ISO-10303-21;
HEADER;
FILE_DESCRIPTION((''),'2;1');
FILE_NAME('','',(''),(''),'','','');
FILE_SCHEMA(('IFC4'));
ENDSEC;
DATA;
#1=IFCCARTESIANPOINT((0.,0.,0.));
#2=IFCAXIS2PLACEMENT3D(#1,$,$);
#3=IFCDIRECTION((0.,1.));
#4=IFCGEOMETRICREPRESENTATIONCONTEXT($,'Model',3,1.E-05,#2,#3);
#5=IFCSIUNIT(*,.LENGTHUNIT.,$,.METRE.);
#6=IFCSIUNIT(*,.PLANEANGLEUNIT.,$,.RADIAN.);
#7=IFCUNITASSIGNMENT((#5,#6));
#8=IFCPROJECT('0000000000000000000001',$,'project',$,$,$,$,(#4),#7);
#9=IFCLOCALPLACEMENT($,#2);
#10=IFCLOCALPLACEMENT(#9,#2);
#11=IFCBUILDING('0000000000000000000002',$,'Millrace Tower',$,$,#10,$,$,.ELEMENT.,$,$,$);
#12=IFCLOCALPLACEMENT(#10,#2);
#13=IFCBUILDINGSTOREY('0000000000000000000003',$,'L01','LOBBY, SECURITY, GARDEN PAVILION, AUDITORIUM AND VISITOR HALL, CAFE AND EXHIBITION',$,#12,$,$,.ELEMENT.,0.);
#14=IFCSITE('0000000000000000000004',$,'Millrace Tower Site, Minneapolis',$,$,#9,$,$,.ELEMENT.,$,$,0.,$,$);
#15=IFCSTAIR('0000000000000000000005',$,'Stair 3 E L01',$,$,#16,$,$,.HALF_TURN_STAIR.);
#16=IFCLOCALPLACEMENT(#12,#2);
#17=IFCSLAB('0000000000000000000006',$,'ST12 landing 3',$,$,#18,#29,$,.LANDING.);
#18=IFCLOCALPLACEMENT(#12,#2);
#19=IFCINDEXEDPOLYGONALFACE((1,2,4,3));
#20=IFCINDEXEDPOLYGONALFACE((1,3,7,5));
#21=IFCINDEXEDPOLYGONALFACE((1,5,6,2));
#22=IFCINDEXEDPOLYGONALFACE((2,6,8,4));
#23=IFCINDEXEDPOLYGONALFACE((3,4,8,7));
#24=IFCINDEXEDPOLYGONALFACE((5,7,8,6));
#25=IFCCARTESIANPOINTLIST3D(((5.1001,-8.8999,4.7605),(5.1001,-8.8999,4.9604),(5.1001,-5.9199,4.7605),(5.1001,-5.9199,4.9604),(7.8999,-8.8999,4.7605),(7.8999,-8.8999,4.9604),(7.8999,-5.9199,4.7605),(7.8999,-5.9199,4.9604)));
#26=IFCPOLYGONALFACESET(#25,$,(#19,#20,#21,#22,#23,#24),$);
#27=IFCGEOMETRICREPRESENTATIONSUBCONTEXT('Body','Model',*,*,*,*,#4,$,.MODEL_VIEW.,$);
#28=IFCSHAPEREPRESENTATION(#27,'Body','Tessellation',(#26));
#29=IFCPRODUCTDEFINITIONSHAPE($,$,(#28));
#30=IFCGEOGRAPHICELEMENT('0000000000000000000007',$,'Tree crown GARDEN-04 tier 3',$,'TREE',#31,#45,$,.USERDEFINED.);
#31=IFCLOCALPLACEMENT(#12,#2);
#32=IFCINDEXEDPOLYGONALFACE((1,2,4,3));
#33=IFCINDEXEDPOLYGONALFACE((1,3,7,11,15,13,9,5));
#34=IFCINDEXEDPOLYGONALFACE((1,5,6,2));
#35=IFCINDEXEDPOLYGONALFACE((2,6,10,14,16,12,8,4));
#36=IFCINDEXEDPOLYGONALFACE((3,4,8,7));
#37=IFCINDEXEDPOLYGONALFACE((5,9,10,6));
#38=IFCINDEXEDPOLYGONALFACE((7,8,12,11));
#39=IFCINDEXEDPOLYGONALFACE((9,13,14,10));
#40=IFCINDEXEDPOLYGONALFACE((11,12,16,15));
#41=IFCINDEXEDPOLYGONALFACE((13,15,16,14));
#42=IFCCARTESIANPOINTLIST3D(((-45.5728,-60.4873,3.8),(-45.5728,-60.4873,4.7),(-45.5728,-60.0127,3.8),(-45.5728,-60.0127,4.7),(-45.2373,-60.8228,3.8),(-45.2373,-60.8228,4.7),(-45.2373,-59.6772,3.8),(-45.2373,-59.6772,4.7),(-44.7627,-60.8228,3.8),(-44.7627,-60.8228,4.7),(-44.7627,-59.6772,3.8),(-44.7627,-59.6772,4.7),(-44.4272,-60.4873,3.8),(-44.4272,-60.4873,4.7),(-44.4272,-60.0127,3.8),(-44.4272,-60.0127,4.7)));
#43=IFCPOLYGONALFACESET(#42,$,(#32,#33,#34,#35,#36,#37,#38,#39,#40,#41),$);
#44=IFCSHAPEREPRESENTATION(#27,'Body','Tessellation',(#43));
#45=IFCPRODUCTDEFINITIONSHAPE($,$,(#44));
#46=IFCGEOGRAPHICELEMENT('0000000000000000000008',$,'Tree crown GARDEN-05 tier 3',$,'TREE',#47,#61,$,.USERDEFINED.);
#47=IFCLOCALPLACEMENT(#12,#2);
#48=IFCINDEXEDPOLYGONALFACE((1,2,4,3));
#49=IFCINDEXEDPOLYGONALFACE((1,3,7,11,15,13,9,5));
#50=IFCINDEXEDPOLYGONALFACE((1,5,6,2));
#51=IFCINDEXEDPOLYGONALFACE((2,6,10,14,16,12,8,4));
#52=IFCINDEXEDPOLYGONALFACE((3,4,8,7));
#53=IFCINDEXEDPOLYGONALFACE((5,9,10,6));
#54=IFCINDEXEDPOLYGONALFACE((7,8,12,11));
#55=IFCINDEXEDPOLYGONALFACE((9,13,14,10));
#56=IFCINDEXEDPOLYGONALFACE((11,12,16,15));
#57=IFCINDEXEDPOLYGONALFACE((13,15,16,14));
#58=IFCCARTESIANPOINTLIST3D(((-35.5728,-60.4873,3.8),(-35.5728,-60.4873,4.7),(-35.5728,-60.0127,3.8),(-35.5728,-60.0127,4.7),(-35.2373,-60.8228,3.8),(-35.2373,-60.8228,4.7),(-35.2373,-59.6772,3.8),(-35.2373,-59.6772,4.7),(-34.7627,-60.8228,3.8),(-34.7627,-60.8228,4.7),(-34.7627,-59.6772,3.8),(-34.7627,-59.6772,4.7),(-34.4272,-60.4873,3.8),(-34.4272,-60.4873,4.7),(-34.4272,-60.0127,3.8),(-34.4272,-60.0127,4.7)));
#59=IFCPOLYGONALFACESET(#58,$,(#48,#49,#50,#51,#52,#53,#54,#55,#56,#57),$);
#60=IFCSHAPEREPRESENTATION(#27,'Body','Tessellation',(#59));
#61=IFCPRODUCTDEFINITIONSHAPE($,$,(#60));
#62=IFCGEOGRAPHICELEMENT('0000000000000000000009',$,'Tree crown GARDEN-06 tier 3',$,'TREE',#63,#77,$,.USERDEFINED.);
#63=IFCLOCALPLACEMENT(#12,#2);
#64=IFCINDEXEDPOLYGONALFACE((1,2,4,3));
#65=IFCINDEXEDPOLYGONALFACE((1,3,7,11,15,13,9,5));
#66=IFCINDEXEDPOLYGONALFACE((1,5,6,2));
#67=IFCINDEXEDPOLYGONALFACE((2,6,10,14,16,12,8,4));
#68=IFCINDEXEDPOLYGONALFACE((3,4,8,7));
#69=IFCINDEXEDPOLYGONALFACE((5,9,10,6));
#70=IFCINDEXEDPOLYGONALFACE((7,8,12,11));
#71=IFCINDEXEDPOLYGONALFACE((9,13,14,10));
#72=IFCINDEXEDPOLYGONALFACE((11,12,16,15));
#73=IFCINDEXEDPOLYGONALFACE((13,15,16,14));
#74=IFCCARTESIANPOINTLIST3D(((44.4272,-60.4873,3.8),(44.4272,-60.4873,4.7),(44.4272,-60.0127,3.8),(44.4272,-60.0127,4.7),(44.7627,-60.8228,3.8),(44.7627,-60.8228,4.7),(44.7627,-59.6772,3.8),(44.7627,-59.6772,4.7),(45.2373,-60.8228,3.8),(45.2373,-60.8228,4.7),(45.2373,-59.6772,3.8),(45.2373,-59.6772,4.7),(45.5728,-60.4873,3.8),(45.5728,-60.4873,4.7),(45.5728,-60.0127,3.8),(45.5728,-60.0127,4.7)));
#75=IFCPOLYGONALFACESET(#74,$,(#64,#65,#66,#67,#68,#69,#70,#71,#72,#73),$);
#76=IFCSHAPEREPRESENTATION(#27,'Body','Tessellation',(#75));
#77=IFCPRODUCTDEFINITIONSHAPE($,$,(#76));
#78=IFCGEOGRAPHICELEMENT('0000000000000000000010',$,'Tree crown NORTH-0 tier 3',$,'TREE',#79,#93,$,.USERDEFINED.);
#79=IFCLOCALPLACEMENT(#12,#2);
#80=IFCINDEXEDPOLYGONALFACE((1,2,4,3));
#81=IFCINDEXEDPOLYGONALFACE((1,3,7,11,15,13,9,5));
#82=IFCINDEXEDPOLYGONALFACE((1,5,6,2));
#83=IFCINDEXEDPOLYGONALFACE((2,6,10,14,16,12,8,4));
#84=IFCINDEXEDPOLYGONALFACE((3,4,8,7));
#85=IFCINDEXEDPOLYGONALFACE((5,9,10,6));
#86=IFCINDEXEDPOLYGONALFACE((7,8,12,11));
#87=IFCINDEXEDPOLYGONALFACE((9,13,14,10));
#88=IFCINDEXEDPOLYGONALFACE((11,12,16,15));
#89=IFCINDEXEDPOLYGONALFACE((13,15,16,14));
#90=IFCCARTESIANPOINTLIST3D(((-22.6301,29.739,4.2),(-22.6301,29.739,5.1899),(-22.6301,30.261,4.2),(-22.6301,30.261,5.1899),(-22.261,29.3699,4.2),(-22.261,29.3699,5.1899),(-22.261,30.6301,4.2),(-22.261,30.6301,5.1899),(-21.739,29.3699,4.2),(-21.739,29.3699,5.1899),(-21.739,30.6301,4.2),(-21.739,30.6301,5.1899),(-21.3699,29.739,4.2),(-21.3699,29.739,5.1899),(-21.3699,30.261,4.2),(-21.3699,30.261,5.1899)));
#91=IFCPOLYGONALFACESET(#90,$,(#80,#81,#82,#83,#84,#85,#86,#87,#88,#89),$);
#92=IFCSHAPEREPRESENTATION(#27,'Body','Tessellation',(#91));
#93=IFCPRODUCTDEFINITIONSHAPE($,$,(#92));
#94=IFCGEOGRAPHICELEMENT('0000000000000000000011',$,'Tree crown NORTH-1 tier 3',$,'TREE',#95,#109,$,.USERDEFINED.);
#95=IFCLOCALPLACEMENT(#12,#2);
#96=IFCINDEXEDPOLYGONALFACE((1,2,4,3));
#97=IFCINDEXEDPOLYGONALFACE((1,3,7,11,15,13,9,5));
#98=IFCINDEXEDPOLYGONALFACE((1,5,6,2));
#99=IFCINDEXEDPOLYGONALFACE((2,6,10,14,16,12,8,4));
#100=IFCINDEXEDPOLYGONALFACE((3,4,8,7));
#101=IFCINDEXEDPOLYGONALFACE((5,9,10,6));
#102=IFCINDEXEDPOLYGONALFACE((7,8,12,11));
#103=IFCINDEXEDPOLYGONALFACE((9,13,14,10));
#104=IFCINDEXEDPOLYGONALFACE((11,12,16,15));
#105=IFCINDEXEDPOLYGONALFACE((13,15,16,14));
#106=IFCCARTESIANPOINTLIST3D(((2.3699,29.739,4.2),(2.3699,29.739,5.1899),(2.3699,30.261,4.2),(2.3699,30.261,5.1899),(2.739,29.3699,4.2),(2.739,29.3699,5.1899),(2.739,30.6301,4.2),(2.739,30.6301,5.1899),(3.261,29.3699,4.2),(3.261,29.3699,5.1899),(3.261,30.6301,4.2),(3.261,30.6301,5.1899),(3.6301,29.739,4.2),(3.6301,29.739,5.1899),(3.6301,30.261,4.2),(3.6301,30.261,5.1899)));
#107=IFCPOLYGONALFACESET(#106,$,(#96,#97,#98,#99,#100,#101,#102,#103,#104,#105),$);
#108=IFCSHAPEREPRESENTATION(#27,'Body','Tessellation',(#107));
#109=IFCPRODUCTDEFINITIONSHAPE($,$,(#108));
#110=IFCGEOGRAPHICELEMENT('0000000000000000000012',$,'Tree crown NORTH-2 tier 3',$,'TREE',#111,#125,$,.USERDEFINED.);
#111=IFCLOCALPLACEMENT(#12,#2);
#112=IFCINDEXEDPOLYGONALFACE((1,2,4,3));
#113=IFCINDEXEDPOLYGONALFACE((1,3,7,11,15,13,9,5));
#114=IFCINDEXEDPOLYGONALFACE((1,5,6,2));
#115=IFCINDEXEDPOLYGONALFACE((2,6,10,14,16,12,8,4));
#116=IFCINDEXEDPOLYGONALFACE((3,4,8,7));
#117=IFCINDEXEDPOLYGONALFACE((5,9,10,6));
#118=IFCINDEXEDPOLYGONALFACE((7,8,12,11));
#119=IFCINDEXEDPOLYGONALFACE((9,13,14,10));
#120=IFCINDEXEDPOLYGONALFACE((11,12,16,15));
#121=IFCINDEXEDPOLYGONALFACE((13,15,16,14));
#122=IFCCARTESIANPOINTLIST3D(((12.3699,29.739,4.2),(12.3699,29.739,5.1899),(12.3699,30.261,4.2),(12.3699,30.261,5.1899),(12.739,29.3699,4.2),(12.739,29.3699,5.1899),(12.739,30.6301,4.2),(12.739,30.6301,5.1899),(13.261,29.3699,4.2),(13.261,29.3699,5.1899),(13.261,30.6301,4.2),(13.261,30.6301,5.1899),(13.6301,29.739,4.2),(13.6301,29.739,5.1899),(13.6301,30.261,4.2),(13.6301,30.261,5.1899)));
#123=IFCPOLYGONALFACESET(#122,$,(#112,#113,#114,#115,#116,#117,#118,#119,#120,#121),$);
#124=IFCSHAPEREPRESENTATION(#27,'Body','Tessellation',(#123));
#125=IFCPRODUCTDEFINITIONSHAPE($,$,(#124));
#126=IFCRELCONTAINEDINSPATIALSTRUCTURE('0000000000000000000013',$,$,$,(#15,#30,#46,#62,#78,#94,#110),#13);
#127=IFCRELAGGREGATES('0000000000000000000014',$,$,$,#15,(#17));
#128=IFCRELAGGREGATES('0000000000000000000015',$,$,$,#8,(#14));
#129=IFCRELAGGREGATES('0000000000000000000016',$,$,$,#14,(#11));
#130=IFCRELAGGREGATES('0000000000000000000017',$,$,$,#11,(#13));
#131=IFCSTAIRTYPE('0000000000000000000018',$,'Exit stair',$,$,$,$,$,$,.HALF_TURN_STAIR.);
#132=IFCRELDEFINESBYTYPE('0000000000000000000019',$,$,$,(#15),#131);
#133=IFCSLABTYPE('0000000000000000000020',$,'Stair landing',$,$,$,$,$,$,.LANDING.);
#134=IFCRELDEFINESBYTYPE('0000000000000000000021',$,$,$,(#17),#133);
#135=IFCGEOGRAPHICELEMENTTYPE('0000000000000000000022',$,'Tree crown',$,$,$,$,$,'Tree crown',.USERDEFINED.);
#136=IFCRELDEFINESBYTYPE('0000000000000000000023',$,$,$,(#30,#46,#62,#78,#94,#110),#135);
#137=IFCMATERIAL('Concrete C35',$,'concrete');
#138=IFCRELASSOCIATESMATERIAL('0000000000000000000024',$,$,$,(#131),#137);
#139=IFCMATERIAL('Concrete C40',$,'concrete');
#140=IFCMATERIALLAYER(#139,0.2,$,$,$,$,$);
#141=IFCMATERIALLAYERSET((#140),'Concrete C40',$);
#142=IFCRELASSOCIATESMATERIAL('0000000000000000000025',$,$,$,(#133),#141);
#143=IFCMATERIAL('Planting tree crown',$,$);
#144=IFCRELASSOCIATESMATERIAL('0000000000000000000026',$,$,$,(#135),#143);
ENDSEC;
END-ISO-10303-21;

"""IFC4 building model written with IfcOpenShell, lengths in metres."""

from ifc_helpers import new_model, si_unit, direction, frame, origin, place, context, subcontext, project, spatial, polyline, outline, extrude, material, layer, layer_set, type_object, element, aggregate, save


model = new_model("IFC4")

# Units and contexts
model_context = context("Model", 3, precision=1e-05, world=origin(), true_north=direction((0.0, 1.0)))
body_context = subcontext(model_context, "Body", "Model", "MODEL_VIEW")
ifc_project = project(units=[si_unit("LENGTHUNIT", "METRE"), si_unit("PLANEANGLEUNIT", "RADIAN")], contexts=[model_context])

# Site, building, storey
site_placement = place(None, origin())
site = spatial("IfcSite", under=ifc_project, at=site_placement, Name="Millrace Tower Site, Minneapolis", CompositionType="ELEMENT", RefElevation=0.0)
building_placement = place(site_placement, origin())
building = spatial("IfcBuilding", under=site, at=building_placement, Name="Millrace Tower", CompositionType="ELEMENT")
storey_placement = place(building_placement, origin())
storey = spatial("IfcBuildingStorey", under=building, at=storey_placement, Name="L01", Description="LOBBY, SECURITY, GARDEN PAVILION, AUDITORIUM AND VISITOR HALL, CAFE AND EXHIBITION", CompositionType="ELEMENT", Elevation=0.0)

# Stair, slab
ifc_material_1 = material(Name="Concrete C35", Category="concrete")
stair_type = type_object("IfcStairType", Name="Exit stair", PredefinedType="HALF_TURN_STAIR", material=ifc_material_1)
placement_1 = place(storey_placement, origin())
ifc_material_2 = material(Name="Concrete C40", Category="concrete")
ifc_layer_1 = layer(ifc_material_2, 0.2)
ifc_layer_set_1 = layer_set([ifc_layer_1], Name="Concrete C40")
slab_type_1 = type_object("IfcSlabType", Name="Stair landing", PredefinedType="LANDING", material=ifc_layer_set_1)
placement_2 = place(storey_placement, frame((0.0, 0.0, 4.7605)))
stair_1 = element("IfcStair", 1, at=placement_1, inside=storey, type_object=stair_type, Name="Stair 3 E L01", PredefinedType="HALF_TURN_STAIR")
slab_1 = element("IfcSlab", 2, at=placement_2, type_object=slab_type_1, Name="ST12 landing 3", PredefinedType="LANDING", context=body_context, shape_type="SweptSolid", body=[
    extrude(outline(polyline([(5.1001, -8.8999), (7.8999, -8.8999), (7.8999, -5.9199), (5.1001, -5.9199), (5.1001, -8.8999)])), origin(), (0.0, 0.0, 1.0), 0.2),
])
aggregate(stair_1, [slab_1])

# Geographic elements
ifc_material_3 = material(Name="Planting tree crown")
geographic_element_type = type_object("IfcGeographicElementType", Name="Tree crown", ElementType="Tree crown", PredefinedType="USERDEFINED", material=ifc_material_3)
placement_3 = place(storey_placement, frame((0.0, 0.0, 3.8)))
element("IfcGeographicElement", 3, at=placement_3, inside=storey, type_object=geographic_element_type, Name="Tree crown GARDEN-04 tier 3", ObjectType="TREE", PredefinedType="USERDEFINED", context=body_context, shape_type="SweptSolid", body=[
    extrude(outline(polyline([(-44.4272, -60.0127), (-44.7627, -59.6772), (-45.2373, -59.6772), (-45.5728, -60.0127), (-45.5728, -60.4873), (-45.2373, -60.8228), (-44.7627, -60.8228), (-44.4272, -60.4873), (-44.4272, -60.0127)])), origin(), (0.0, 0.0, 1.0), 0.8999),
])
element("IfcGeographicElement", 4, at=placement_3, inside=storey, type_object=geographic_element_type, Name="Tree crown GARDEN-05 tier 3", ObjectType="TREE", PredefinedType="USERDEFINED", context=body_context, shape_type="SweptSolid", body=[
    extrude(outline(polyline([(-34.4272, -60.0127), (-34.7627, -59.6772), (-35.2373, -59.6772), (-35.5728, -60.0127), (-35.5728, -60.4873), (-35.2373, -60.8228), (-34.7627, -60.8228), (-34.4272, -60.4873), (-34.4272, -60.0127)])), origin(), (0.0, 0.0, 1.0), 0.8999),
])
element("IfcGeographicElement", 5, at=placement_3, inside=storey, type_object=geographic_element_type, Name="Tree crown GARDEN-06 tier 3", ObjectType="TREE", PredefinedType="USERDEFINED", context=body_context, shape_type="SweptSolid", body=[
    extrude(outline(polyline([(45.5728, -60.0127), (45.2373, -59.6772), (44.7627, -59.6772), (44.4272, -60.0127), (44.4272, -60.4873), (44.7627, -60.8228), (45.2373, -60.8228), (45.5728, -60.4873), (45.5728, -60.0127)])), origin(), (0.0, 0.0, 1.0), 0.8999),
])
placement_4 = place(storey_placement, frame((0.0, 0.0, 4.2)))
element("IfcGeographicElement", 6, at=placement_4, inside=storey, type_object=geographic_element_type, Name="Tree crown NORTH-0 tier 3", ObjectType="TREE", PredefinedType="USERDEFINED", context=body_context, shape_type="SweptSolid", body=[
    extrude(outline(polyline([(-21.3699, 30.261), (-21.739, 30.6301), (-22.261, 30.6301), (-22.6301, 30.261), (-22.6301, 29.739), (-22.261, 29.3699), (-21.739, 29.3699), (-21.3699, 29.739), (-21.3699, 30.261)])), origin(), (0.0, 0.0, 1.0), 0.99),
])
element("IfcGeographicElement", 7, at=placement_4, inside=storey, type_object=geographic_element_type, Name="Tree crown NORTH-1 tier 3", ObjectType="TREE", PredefinedType="USERDEFINED", context=body_context, shape_type="SweptSolid", body=[
    extrude(outline(polyline([(3.6301, 30.261), (3.261, 30.6301), (2.739, 30.6301), (2.3699, 30.261), (2.3699, 29.739), (2.739, 29.3699), (3.261, 29.3699), (3.6301, 29.739), (3.6301, 30.261)])), origin(), (0.0, 0.0, 1.0), 0.99),
])
element("IfcGeographicElement", 8, at=placement_4, inside=storey, type_object=geographic_element_type, Name="Tree crown NORTH-2 tier 3", ObjectType="TREE", PredefinedType="USERDEFINED", context=body_context, shape_type="SweptSolid", body=[
    extrude(outline(polyline([(13.6301, 30.261), (13.261, 30.6301), (12.739, 30.6301), (12.3699, 30.261), (12.3699, 29.739), (12.739, 29.3699), (13.261, 29.3699), (13.6301, 29.739), (13.6301, 30.261)])), origin(), (0.0, 0.0, 1.0), 0.99),
])

save(model, "model.ifc")
